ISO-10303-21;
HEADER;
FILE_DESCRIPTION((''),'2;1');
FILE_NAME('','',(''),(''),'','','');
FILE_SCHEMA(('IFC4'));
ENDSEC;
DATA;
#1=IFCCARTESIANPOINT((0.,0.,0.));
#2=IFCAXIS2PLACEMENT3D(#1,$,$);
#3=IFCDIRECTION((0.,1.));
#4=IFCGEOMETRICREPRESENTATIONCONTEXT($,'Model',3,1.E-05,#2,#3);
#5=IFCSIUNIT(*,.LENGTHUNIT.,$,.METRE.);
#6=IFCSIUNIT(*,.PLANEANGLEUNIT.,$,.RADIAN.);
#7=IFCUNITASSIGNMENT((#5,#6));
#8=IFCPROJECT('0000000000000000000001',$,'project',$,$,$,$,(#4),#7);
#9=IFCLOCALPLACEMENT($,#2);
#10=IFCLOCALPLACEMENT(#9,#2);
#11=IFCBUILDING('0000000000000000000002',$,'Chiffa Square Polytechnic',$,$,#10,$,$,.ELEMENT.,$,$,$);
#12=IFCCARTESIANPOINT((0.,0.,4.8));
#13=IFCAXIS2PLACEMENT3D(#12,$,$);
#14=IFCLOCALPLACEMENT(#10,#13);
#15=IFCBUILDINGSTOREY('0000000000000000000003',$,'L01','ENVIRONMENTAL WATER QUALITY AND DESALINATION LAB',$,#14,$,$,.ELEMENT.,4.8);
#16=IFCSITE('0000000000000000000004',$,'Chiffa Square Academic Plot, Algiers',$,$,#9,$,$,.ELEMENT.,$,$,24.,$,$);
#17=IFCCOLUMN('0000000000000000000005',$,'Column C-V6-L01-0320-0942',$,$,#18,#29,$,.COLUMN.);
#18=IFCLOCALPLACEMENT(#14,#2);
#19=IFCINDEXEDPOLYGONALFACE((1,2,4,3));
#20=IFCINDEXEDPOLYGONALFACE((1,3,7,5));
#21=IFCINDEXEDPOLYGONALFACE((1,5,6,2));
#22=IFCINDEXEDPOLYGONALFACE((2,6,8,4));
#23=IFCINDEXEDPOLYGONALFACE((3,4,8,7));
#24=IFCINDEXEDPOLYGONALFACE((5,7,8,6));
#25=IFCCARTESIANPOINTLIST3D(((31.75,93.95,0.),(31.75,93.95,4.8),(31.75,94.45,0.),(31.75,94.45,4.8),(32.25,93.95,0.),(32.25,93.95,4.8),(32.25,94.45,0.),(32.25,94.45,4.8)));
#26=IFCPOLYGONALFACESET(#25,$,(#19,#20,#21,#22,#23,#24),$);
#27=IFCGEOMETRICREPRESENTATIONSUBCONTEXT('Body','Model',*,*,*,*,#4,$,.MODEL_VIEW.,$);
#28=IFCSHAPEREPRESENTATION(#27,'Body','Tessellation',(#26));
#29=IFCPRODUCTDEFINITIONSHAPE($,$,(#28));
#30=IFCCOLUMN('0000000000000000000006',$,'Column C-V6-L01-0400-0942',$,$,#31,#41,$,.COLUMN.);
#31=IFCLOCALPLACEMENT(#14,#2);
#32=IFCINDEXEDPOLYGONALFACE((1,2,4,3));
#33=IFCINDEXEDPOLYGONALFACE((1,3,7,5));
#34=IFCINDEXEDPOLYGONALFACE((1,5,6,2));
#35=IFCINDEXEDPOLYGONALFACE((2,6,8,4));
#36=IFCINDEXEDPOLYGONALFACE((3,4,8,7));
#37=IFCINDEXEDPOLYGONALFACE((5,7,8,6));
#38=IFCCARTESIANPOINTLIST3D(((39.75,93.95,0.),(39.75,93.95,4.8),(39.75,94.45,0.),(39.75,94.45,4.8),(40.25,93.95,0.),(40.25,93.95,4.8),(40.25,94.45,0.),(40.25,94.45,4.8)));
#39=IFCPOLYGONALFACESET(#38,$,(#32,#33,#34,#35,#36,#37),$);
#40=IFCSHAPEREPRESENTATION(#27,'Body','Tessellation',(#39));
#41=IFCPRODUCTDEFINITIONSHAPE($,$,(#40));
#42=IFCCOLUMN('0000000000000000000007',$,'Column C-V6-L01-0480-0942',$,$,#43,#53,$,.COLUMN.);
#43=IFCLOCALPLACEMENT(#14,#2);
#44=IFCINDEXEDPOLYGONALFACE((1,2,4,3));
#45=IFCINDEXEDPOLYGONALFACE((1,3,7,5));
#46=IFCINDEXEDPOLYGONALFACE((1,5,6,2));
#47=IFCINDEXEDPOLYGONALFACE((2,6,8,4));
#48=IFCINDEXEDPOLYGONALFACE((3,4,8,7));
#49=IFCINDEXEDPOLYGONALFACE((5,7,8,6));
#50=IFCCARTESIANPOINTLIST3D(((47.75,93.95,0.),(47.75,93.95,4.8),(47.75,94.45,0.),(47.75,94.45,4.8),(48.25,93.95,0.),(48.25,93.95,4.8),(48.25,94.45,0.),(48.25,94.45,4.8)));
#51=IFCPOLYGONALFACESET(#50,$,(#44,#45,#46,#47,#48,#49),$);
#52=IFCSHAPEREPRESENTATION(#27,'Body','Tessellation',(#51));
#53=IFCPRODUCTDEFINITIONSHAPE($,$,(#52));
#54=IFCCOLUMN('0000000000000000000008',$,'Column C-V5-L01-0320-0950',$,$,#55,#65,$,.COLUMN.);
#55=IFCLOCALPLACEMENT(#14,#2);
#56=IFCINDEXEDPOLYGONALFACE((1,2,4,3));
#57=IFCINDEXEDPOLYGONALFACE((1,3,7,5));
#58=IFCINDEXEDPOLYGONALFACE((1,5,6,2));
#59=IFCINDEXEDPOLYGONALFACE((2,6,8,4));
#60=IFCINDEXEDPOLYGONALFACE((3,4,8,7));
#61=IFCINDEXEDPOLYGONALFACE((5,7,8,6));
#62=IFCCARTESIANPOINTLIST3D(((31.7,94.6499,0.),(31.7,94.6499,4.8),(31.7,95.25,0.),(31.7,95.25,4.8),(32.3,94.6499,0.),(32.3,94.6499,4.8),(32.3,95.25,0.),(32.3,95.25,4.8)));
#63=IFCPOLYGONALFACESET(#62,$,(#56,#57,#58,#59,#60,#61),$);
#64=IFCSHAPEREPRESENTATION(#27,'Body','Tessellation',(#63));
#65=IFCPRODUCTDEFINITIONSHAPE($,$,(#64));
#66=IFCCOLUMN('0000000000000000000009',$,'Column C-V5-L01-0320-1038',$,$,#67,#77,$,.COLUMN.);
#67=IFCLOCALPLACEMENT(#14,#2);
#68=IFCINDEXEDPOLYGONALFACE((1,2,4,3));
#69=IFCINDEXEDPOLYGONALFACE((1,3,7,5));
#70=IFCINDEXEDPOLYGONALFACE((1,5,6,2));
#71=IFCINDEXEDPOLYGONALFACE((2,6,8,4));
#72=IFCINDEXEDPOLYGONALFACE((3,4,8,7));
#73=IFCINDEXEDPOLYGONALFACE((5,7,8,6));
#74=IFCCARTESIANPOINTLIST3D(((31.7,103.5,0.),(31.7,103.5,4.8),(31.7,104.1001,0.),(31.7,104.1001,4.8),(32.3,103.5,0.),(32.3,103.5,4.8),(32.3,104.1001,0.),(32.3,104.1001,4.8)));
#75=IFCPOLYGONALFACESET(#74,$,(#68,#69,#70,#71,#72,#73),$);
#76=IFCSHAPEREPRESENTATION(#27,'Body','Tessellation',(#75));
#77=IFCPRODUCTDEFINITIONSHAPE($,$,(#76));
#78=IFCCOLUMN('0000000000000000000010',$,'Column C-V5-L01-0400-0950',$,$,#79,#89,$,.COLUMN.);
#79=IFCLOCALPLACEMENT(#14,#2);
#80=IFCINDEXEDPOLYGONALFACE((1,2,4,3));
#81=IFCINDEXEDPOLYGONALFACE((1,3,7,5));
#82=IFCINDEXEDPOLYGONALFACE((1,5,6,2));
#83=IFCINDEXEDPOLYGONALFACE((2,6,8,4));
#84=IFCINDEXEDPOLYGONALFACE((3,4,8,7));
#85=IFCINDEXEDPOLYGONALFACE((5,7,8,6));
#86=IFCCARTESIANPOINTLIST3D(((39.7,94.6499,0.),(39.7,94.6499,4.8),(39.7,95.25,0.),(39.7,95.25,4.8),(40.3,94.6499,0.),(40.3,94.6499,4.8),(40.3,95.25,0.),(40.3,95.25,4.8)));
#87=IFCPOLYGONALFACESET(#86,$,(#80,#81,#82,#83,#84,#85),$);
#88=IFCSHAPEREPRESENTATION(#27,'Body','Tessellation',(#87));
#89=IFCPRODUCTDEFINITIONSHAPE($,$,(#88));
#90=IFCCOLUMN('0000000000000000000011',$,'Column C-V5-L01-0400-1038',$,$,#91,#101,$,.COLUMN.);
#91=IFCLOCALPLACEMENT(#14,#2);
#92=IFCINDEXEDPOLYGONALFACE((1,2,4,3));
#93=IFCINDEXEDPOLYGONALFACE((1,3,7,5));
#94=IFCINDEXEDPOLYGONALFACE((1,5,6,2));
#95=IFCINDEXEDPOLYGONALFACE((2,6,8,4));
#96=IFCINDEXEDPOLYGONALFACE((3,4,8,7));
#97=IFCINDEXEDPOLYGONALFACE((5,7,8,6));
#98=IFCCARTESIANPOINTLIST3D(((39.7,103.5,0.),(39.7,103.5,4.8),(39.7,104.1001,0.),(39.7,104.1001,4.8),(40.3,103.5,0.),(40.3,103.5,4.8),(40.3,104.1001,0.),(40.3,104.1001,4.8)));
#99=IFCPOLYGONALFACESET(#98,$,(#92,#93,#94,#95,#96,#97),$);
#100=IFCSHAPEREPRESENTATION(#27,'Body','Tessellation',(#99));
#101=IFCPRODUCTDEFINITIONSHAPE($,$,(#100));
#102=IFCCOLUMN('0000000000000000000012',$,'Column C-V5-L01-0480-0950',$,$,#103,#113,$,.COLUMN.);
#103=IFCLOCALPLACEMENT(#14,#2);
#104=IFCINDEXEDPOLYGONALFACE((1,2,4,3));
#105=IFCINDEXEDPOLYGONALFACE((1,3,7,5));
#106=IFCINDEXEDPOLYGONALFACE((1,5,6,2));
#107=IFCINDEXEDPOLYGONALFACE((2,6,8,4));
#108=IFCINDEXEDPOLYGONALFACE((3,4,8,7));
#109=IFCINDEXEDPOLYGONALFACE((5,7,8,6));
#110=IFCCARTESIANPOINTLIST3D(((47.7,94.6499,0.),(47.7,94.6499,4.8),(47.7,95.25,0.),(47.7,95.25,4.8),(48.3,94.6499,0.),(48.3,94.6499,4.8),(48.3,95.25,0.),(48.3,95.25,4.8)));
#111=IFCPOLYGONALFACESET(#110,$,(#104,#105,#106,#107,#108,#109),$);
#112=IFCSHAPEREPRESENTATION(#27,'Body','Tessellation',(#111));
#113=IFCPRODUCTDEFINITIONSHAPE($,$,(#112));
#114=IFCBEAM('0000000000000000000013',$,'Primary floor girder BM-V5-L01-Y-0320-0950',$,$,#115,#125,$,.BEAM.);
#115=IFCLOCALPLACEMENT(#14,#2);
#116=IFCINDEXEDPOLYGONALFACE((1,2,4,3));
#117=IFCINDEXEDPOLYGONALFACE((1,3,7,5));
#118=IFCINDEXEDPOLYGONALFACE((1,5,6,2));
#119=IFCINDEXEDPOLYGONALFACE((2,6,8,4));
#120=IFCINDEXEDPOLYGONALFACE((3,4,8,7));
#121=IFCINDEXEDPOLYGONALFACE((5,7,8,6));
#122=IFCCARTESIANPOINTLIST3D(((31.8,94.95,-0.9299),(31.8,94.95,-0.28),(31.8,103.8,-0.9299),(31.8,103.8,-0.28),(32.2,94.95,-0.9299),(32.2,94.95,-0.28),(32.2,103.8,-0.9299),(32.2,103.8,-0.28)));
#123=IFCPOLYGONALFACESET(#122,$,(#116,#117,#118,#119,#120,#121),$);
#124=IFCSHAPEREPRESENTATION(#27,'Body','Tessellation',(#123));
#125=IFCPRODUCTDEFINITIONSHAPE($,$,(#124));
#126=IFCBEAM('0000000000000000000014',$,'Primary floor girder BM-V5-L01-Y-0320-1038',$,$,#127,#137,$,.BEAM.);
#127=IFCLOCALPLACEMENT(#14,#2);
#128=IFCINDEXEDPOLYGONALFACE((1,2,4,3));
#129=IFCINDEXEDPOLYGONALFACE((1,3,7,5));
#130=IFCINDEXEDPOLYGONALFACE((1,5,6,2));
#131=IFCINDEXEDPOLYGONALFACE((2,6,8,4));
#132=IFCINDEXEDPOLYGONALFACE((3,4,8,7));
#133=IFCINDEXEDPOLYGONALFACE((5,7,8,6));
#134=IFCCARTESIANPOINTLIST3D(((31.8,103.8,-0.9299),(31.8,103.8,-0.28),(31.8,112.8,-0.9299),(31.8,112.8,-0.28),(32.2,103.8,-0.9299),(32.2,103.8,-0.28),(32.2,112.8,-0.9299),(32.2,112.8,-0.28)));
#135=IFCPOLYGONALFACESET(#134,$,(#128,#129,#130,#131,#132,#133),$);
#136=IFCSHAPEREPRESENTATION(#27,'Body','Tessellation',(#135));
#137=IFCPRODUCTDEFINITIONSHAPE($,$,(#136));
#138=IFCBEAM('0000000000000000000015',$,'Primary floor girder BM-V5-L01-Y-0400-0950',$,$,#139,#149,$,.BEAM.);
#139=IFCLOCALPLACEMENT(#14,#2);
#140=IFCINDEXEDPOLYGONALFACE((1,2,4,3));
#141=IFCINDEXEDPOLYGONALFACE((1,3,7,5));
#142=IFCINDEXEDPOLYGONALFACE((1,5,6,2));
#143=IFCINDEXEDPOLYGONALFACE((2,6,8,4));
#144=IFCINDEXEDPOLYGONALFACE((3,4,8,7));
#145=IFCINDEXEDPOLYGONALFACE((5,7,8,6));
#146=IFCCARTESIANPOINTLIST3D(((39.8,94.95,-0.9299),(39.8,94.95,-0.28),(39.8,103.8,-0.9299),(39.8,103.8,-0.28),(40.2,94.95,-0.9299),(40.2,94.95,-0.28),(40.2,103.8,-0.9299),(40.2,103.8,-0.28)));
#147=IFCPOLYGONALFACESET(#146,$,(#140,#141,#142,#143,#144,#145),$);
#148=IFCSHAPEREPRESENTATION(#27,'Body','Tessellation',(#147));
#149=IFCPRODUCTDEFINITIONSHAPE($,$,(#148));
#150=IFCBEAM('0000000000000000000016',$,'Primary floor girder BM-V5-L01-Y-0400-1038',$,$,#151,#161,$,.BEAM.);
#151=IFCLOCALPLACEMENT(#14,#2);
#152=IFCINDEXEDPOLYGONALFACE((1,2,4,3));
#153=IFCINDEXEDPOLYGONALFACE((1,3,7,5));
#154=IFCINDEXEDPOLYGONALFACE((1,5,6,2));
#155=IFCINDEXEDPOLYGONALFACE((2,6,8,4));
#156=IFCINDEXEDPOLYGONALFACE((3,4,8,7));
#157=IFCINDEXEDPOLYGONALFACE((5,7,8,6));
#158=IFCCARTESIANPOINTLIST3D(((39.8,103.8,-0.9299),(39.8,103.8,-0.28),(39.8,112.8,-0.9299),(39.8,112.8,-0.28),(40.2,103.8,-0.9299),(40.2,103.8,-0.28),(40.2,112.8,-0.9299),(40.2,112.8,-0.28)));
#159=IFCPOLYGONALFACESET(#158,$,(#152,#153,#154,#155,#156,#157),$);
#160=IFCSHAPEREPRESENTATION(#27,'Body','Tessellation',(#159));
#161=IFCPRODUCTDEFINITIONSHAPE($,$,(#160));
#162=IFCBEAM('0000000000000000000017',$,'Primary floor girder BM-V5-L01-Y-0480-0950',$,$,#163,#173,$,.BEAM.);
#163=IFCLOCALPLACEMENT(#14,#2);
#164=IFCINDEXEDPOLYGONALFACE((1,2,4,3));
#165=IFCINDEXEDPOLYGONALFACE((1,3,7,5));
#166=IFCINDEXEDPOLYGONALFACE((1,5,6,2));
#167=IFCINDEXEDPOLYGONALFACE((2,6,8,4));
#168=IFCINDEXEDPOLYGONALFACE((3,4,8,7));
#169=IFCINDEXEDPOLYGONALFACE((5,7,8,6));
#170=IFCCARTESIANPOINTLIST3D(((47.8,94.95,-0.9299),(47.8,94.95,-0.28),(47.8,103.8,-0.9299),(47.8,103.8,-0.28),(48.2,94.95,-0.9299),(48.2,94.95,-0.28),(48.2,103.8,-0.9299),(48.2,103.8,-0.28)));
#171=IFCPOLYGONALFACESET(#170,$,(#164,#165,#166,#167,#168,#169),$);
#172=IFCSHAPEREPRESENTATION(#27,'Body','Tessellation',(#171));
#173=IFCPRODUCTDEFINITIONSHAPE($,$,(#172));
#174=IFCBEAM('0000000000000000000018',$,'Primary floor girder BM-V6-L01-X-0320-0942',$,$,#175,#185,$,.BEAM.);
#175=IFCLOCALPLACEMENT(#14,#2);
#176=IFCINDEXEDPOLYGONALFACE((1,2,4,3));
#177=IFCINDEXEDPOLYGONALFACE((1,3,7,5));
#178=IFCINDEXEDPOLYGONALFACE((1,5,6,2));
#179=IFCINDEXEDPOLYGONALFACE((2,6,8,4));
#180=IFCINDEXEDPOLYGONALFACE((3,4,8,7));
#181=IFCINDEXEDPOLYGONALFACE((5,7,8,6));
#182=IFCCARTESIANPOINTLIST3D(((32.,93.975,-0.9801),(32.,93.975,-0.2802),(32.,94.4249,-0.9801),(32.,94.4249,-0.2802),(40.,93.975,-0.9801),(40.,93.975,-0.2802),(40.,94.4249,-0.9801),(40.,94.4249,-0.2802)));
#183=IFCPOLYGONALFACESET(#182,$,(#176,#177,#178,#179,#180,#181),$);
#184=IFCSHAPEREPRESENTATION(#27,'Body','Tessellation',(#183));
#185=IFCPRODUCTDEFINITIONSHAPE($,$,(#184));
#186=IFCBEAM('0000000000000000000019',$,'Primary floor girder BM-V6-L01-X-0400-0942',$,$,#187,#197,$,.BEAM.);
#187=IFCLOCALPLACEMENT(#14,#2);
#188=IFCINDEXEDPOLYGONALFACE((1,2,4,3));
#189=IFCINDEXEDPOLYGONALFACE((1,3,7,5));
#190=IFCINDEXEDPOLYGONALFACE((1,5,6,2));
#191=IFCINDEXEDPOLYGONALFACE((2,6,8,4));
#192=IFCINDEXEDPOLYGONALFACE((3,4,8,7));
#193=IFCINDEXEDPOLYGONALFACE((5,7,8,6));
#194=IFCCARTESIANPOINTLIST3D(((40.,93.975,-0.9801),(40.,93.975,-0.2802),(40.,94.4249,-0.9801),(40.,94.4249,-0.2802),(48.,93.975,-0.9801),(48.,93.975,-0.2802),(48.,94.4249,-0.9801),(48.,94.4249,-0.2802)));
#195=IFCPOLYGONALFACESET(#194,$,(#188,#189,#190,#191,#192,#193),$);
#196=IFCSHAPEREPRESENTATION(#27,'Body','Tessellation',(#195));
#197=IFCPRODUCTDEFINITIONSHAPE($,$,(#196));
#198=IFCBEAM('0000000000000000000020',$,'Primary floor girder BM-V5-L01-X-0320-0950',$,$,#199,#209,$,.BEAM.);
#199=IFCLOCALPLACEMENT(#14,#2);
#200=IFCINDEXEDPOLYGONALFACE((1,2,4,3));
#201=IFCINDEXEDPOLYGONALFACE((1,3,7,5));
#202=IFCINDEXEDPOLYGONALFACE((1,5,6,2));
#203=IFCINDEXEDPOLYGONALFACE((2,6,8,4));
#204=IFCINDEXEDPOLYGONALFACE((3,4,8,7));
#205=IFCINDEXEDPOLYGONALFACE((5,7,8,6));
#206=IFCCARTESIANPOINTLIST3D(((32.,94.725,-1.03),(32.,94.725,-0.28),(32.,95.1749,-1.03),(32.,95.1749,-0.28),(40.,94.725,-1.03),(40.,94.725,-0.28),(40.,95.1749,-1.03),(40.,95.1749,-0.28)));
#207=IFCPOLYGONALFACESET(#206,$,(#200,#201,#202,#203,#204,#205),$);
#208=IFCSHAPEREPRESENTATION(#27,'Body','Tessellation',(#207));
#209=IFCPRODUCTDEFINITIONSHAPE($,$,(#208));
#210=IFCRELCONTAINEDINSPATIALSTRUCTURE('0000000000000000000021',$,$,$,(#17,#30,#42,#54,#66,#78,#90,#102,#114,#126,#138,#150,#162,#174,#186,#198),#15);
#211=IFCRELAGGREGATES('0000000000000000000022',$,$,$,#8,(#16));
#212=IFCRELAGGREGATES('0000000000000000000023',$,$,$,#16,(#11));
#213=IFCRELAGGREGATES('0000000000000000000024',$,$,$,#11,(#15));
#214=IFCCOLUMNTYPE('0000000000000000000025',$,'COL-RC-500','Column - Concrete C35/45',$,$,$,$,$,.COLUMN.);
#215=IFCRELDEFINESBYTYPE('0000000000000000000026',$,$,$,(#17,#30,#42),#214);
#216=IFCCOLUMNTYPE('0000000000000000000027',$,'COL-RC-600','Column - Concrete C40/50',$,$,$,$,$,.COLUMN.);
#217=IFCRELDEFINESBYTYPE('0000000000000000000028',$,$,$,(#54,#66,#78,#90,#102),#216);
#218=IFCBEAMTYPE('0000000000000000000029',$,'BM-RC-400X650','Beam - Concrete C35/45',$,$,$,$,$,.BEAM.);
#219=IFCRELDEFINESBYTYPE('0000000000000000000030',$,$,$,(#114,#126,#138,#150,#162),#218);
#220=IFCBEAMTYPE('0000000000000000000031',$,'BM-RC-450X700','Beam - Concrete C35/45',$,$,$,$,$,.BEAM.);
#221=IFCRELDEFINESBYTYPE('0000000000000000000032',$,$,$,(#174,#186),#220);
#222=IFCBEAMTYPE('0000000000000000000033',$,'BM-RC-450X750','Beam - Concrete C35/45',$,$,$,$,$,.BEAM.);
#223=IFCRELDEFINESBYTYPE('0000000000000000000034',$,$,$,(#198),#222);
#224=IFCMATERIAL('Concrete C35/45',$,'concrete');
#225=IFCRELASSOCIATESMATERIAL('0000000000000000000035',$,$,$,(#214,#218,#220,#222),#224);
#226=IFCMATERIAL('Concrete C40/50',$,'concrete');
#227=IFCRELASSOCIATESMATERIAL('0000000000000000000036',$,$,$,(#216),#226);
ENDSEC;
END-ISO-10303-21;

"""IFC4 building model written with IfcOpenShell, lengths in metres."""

from ifc_helpers import new_model, si_unit, direction, frame, origin, origin_2d, place, context, subcontext, project, spatial, rectangle, extrude, material, material_profile, profile_set, type_object, element, save


model = new_model("IFC4")

# Units and contexts
model_context = context("Model", 3, precision=1e-05, world=origin(), true_north=direction((0.0, 1.0)))
body_context = subcontext(model_context, "Body", "Model", "MODEL_VIEW")
ifc_project = project(units=[si_unit("LENGTHUNIT", "METRE"), si_unit("PLANEANGLEUNIT", "RADIAN")], contexts=[model_context])

# Site, building, storey
site_placement = place(None, origin())
site = spatial("IfcSite", under=ifc_project, at=site_placement, Name="Chiffa Square Academic Plot, Algiers", CompositionType="ELEMENT", RefElevation=24.0)
building_placement = place(site_placement, origin())
building = spatial("IfcBuilding", under=site, at=building_placement, Name="Chiffa Square Polytechnic", CompositionType="ELEMENT")
storey_placement = place(building_placement, frame((0.0, 0.0, 4.8)))
storey = spatial("IfcBuildingStorey", under=building, at=storey_placement, Name="L01", Description="ENVIRONMENTAL WATER QUALITY AND DESALINATION LAB", CompositionType="ELEMENT", Elevation=4.8)

# Columns
ifc_material_1 = material(Name="Concrete C35/45", Category="concrete")
ifc_material_profile_1 = material_profile(ifc_material_1, rectangle(XDim=0.5, YDim=0.5, at=origin_2d()), Name="RC 500x500")
ifc_profile_set_1 = profile_set([ifc_material_profile_1], Name="Concrete C35/45")
column_type_1 = type_object("IfcColumnType", Name="COL-RC-500", Description="Column - Concrete C35/45", PredefinedType="COLUMN", material=ifc_profile_set_1)
for number, where, z_axis, x_axis, name in (
    (1, (32.0, 94.2, 0.0), (0.0, 0.0, 1.0), (1.0, 0.0, 0.0), "Column C-V6-L01-0320-0942"),
    (2, (40.0, 94.2, 0.0), (0.0, 0.0, 1.0), (1.0, 0.0, 0.0), "Column C-V6-L01-0400-0942"),
    (3, (48.0, 94.2, 0.0), (0.0, 0.0, 1.0), (1.0, 0.0, 0.0), "Column C-V6-L01-0480-0942"),
):
    element("IfcColumn", number, at=place(storey_placement, frame(where, z_axis=z_axis, x_axis=x_axis)), inside=storey, type_object=column_type_1, Name=name, PredefinedType="COLUMN", context=body_context, shape_type="SweptSolid", body=[
        extrude(rectangle(XDim=0.5, YDim=0.5, at=origin_2d()), origin(), (0.0, 0.0, 1.0), 4.8),
    ])
ifc_material_2 = material(Name="Concrete C40/50", Category="concrete")
ifc_material_profile_2 = material_profile(ifc_material_2, rectangle(XDim=0.6001, YDim=0.6001, at=origin_2d()), Name="RC 600x600")
ifc_profile_set_2 = profile_set([ifc_material_profile_2], Name="Concrete C40/50")
column_type_2 = type_object("IfcColumnType", Name="COL-RC-600", Description="Column - Concrete C40/50", PredefinedType="COLUMN", material=ifc_profile_set_2)
for number, where, z_axis, x_axis, name in (
    (4, (32.0, 94.95, 0.0), (0.0, 0.0, 1.0), (1.0, 0.0, 0.0), "Column C-V5-L01-0320-0950"),
    (5, (32.0, 103.8, 0.0), (0.0, 0.0, 1.0), (1.0, 0.0, 0.0), "Column C-V5-L01-0320-1038"),
    (6, (40.0, 94.95, 0.0), (0.0, 0.0, 1.0), (1.0, 0.0, 0.0), "Column C-V5-L01-0400-0950"),
    (7, (40.0, 103.8, 0.0), (0.0, 0.0, 1.0), (1.0, 0.0, 0.0), "Column C-V5-L01-0400-1038"),
    (8, (48.0, 94.95, 0.0), (0.0, 0.0, 1.0), (1.0, 0.0, 0.0), "Column C-V5-L01-0480-0950"),
):
    element("IfcColumn", number, at=place(storey_placement, frame(where, z_axis=z_axis, x_axis=x_axis)), inside=storey, type_object=column_type_2, Name=name, PredefinedType="COLUMN", context=body_context, shape_type="SweptSolid", body=[
        extrude(rectangle(XDim=0.6001, YDim=0.6001, at=origin_2d()), origin(), (0.0, 0.0, 1.0), 4.8),
    ])

# Beams
ifc_material_profile_3 = material_profile(ifc_material_1, rectangle(XDim=0.3999, YDim=0.6499, at=origin_2d()), Name="RC 400x650")
ifc_profile_set_3 = profile_set([ifc_material_profile_3], Name="Concrete C35/45")
beam_type_1 = type_object("IfcBeamType", Name="BM-RC-400X650", Description="Beam - Concrete C35/45", PredefinedType="BEAM", material=ifc_profile_set_3)
beam_1_placement = place(storey_placement, frame((32.0, 94.95, -0.605), z_axis=(0.0, 1.0, 0.0), x_axis=(-1.0, 0.0, 0.0)))
element("IfcBeam", 9, at=beam_1_placement, inside=storey, type_object=beam_type_1, Name="Primary floor girder BM-V5-L01-Y-0320-0950", PredefinedType="BEAM", context=body_context, shape_type="SweptSolid", body=[
    extrude(rectangle(XDim=0.3999, YDim=0.6499, at=origin_2d()), origin(), (0.0, 0.0, 1.0), 8.8501),
])
beam_2_placement = place(storey_placement, frame((32.0, 103.8, -0.605), z_axis=(0.0, 1.0, 0.0), x_axis=(-1.0, 0.0, 0.0)))
element("IfcBeam", 10, at=beam_2_placement, inside=storey, type_object=beam_type_1, Name="Primary floor girder BM-V5-L01-Y-0320-1038", PredefinedType="BEAM", context=body_context, shape_type="SweptSolid", body=[
    extrude(rectangle(XDim=0.3999, YDim=0.6499, at=origin_2d()), origin(), (0.0, 0.0, 1.0), 9.0),
])
beam_3_placement = place(storey_placement, frame((40.0, 94.95, -0.605), z_axis=(0.0, 1.0, 0.0), x_axis=(-1.0, 0.0, 0.0)))
element("IfcBeam", 11, at=beam_3_placement, inside=storey, type_object=beam_type_1, Name="Primary floor girder BM-V5-L01-Y-0400-0950", PredefinedType="BEAM", context=body_context, shape_type="SweptSolid", body=[
    extrude(rectangle(XDim=0.3999, YDim=0.6499, at=origin_2d()), origin(), (0.0, 0.0, 1.0), 8.8501),
])
beam_4_placement = place(storey_placement, frame((40.0, 103.8, -0.605), z_axis=(0.0, 1.0, 0.0), x_axis=(-1.0, 0.0, 0.0)))
element("IfcBeam", 12, at=beam_4_placement, inside=storey, type_object=beam_type_1, Name="Primary floor girder BM-V5-L01-Y-0400-1038", PredefinedType="BEAM", context=body_context, shape_type="SweptSolid", body=[
    extrude(rectangle(XDim=0.3999, YDim=0.6499, at=origin_2d()), origin(), (0.0, 0.0, 1.0), 9.0),
])
beam_5_placement = place(storey_placement, frame((48.0, 94.95, -0.605), z_axis=(0.0, 1.0, 0.0), x_axis=(-1.0, 0.0, 0.0)))
element("IfcBeam", 13, at=beam_5_placement, inside=storey, type_object=beam_type_1, Name="Primary floor girder BM-V5-L01-Y-0480-0950", PredefinedType="BEAM", context=body_context, shape_type="SweptSolid", body=[
    extrude(rectangle(XDim=0.3999, YDim=0.6499, at=origin_2d()), origin(), (0.0, 0.0, 1.0), 8.8501),
])
ifc_material_profile_4 = material_profile(ifc_material_1, rectangle(XDim=0.45, YDim=0.7, at=origin_2d()), Name="RC 450x700")
ifc_profile_set_4 = profile_set([ifc_material_profile_4], Name="Concrete C35/45")
beam_type_2 = type_object("IfcBeamType", Name="BM-RC-450X700", Description="Beam - Concrete C35/45", PredefinedType="BEAM", material=ifc_profile_set_4)
for number, where, z_axis, x_axis, name in (
    (14, (32.0, 94.2, -0.6301), (1.0, 0.0, 0.0), (0.0, 1.0, 0.0), "Primary floor girder BM-V6-L01-X-0320-0942"),
    (15, (40.0, 94.2, -0.6301), (1.0, 0.0, 0.0), (0.0, 1.0, 0.0), "Primary floor girder BM-V6-L01-X-0400-0942"),
):
    element("IfcBeam", number, at=place(storey_placement, frame(where, z_axis=z_axis, x_axis=x_axis)), inside=storey, type_object=beam_type_2, Name=name, PredefinedType="BEAM", context=body_context, shape_type="SweptSolid", body=[
        extrude(rectangle(XDim=0.45, YDim=0.7, at=origin_2d()), origin(), (0.0, 0.0, 1.0), 8.0),
    ])
ifc_material_profile_5 = material_profile(ifc_material_1, rectangle(XDim=0.45, YDim=0.75, at=origin_2d()), Name="RC 450x750")
ifc_profile_set_5 = profile_set([ifc_material_profile_5], Name="Concrete C35/45")
beam_type_3 = type_object("IfcBeamType", Name="BM-RC-450X750", Description="Beam - Concrete C35/45", PredefinedType="BEAM", material=ifc_profile_set_5)
for number, where, z_axis, x_axis, name in (
    (16, (32.0, 94.95, -0.655), (1.0, 0.0, 0.0), (0.0, 1.0, 0.0), "Primary floor girder BM-V5-L01-X-0320-0950"),
):
    element("IfcBeam", number, at=place(storey_placement, frame(where, z_axis=z_axis, x_axis=x_axis)), inside=storey, type_object=beam_type_3, Name=name, PredefinedType="BEAM", context=body_context, shape_type="SweptSolid", body=[
        extrude(rectangle(XDim=0.45, YDim=0.75, at=origin_2d()), origin(), (0.0, 0.0, 1.0), 8.0),
    ])

save(model, "model.ifc")
